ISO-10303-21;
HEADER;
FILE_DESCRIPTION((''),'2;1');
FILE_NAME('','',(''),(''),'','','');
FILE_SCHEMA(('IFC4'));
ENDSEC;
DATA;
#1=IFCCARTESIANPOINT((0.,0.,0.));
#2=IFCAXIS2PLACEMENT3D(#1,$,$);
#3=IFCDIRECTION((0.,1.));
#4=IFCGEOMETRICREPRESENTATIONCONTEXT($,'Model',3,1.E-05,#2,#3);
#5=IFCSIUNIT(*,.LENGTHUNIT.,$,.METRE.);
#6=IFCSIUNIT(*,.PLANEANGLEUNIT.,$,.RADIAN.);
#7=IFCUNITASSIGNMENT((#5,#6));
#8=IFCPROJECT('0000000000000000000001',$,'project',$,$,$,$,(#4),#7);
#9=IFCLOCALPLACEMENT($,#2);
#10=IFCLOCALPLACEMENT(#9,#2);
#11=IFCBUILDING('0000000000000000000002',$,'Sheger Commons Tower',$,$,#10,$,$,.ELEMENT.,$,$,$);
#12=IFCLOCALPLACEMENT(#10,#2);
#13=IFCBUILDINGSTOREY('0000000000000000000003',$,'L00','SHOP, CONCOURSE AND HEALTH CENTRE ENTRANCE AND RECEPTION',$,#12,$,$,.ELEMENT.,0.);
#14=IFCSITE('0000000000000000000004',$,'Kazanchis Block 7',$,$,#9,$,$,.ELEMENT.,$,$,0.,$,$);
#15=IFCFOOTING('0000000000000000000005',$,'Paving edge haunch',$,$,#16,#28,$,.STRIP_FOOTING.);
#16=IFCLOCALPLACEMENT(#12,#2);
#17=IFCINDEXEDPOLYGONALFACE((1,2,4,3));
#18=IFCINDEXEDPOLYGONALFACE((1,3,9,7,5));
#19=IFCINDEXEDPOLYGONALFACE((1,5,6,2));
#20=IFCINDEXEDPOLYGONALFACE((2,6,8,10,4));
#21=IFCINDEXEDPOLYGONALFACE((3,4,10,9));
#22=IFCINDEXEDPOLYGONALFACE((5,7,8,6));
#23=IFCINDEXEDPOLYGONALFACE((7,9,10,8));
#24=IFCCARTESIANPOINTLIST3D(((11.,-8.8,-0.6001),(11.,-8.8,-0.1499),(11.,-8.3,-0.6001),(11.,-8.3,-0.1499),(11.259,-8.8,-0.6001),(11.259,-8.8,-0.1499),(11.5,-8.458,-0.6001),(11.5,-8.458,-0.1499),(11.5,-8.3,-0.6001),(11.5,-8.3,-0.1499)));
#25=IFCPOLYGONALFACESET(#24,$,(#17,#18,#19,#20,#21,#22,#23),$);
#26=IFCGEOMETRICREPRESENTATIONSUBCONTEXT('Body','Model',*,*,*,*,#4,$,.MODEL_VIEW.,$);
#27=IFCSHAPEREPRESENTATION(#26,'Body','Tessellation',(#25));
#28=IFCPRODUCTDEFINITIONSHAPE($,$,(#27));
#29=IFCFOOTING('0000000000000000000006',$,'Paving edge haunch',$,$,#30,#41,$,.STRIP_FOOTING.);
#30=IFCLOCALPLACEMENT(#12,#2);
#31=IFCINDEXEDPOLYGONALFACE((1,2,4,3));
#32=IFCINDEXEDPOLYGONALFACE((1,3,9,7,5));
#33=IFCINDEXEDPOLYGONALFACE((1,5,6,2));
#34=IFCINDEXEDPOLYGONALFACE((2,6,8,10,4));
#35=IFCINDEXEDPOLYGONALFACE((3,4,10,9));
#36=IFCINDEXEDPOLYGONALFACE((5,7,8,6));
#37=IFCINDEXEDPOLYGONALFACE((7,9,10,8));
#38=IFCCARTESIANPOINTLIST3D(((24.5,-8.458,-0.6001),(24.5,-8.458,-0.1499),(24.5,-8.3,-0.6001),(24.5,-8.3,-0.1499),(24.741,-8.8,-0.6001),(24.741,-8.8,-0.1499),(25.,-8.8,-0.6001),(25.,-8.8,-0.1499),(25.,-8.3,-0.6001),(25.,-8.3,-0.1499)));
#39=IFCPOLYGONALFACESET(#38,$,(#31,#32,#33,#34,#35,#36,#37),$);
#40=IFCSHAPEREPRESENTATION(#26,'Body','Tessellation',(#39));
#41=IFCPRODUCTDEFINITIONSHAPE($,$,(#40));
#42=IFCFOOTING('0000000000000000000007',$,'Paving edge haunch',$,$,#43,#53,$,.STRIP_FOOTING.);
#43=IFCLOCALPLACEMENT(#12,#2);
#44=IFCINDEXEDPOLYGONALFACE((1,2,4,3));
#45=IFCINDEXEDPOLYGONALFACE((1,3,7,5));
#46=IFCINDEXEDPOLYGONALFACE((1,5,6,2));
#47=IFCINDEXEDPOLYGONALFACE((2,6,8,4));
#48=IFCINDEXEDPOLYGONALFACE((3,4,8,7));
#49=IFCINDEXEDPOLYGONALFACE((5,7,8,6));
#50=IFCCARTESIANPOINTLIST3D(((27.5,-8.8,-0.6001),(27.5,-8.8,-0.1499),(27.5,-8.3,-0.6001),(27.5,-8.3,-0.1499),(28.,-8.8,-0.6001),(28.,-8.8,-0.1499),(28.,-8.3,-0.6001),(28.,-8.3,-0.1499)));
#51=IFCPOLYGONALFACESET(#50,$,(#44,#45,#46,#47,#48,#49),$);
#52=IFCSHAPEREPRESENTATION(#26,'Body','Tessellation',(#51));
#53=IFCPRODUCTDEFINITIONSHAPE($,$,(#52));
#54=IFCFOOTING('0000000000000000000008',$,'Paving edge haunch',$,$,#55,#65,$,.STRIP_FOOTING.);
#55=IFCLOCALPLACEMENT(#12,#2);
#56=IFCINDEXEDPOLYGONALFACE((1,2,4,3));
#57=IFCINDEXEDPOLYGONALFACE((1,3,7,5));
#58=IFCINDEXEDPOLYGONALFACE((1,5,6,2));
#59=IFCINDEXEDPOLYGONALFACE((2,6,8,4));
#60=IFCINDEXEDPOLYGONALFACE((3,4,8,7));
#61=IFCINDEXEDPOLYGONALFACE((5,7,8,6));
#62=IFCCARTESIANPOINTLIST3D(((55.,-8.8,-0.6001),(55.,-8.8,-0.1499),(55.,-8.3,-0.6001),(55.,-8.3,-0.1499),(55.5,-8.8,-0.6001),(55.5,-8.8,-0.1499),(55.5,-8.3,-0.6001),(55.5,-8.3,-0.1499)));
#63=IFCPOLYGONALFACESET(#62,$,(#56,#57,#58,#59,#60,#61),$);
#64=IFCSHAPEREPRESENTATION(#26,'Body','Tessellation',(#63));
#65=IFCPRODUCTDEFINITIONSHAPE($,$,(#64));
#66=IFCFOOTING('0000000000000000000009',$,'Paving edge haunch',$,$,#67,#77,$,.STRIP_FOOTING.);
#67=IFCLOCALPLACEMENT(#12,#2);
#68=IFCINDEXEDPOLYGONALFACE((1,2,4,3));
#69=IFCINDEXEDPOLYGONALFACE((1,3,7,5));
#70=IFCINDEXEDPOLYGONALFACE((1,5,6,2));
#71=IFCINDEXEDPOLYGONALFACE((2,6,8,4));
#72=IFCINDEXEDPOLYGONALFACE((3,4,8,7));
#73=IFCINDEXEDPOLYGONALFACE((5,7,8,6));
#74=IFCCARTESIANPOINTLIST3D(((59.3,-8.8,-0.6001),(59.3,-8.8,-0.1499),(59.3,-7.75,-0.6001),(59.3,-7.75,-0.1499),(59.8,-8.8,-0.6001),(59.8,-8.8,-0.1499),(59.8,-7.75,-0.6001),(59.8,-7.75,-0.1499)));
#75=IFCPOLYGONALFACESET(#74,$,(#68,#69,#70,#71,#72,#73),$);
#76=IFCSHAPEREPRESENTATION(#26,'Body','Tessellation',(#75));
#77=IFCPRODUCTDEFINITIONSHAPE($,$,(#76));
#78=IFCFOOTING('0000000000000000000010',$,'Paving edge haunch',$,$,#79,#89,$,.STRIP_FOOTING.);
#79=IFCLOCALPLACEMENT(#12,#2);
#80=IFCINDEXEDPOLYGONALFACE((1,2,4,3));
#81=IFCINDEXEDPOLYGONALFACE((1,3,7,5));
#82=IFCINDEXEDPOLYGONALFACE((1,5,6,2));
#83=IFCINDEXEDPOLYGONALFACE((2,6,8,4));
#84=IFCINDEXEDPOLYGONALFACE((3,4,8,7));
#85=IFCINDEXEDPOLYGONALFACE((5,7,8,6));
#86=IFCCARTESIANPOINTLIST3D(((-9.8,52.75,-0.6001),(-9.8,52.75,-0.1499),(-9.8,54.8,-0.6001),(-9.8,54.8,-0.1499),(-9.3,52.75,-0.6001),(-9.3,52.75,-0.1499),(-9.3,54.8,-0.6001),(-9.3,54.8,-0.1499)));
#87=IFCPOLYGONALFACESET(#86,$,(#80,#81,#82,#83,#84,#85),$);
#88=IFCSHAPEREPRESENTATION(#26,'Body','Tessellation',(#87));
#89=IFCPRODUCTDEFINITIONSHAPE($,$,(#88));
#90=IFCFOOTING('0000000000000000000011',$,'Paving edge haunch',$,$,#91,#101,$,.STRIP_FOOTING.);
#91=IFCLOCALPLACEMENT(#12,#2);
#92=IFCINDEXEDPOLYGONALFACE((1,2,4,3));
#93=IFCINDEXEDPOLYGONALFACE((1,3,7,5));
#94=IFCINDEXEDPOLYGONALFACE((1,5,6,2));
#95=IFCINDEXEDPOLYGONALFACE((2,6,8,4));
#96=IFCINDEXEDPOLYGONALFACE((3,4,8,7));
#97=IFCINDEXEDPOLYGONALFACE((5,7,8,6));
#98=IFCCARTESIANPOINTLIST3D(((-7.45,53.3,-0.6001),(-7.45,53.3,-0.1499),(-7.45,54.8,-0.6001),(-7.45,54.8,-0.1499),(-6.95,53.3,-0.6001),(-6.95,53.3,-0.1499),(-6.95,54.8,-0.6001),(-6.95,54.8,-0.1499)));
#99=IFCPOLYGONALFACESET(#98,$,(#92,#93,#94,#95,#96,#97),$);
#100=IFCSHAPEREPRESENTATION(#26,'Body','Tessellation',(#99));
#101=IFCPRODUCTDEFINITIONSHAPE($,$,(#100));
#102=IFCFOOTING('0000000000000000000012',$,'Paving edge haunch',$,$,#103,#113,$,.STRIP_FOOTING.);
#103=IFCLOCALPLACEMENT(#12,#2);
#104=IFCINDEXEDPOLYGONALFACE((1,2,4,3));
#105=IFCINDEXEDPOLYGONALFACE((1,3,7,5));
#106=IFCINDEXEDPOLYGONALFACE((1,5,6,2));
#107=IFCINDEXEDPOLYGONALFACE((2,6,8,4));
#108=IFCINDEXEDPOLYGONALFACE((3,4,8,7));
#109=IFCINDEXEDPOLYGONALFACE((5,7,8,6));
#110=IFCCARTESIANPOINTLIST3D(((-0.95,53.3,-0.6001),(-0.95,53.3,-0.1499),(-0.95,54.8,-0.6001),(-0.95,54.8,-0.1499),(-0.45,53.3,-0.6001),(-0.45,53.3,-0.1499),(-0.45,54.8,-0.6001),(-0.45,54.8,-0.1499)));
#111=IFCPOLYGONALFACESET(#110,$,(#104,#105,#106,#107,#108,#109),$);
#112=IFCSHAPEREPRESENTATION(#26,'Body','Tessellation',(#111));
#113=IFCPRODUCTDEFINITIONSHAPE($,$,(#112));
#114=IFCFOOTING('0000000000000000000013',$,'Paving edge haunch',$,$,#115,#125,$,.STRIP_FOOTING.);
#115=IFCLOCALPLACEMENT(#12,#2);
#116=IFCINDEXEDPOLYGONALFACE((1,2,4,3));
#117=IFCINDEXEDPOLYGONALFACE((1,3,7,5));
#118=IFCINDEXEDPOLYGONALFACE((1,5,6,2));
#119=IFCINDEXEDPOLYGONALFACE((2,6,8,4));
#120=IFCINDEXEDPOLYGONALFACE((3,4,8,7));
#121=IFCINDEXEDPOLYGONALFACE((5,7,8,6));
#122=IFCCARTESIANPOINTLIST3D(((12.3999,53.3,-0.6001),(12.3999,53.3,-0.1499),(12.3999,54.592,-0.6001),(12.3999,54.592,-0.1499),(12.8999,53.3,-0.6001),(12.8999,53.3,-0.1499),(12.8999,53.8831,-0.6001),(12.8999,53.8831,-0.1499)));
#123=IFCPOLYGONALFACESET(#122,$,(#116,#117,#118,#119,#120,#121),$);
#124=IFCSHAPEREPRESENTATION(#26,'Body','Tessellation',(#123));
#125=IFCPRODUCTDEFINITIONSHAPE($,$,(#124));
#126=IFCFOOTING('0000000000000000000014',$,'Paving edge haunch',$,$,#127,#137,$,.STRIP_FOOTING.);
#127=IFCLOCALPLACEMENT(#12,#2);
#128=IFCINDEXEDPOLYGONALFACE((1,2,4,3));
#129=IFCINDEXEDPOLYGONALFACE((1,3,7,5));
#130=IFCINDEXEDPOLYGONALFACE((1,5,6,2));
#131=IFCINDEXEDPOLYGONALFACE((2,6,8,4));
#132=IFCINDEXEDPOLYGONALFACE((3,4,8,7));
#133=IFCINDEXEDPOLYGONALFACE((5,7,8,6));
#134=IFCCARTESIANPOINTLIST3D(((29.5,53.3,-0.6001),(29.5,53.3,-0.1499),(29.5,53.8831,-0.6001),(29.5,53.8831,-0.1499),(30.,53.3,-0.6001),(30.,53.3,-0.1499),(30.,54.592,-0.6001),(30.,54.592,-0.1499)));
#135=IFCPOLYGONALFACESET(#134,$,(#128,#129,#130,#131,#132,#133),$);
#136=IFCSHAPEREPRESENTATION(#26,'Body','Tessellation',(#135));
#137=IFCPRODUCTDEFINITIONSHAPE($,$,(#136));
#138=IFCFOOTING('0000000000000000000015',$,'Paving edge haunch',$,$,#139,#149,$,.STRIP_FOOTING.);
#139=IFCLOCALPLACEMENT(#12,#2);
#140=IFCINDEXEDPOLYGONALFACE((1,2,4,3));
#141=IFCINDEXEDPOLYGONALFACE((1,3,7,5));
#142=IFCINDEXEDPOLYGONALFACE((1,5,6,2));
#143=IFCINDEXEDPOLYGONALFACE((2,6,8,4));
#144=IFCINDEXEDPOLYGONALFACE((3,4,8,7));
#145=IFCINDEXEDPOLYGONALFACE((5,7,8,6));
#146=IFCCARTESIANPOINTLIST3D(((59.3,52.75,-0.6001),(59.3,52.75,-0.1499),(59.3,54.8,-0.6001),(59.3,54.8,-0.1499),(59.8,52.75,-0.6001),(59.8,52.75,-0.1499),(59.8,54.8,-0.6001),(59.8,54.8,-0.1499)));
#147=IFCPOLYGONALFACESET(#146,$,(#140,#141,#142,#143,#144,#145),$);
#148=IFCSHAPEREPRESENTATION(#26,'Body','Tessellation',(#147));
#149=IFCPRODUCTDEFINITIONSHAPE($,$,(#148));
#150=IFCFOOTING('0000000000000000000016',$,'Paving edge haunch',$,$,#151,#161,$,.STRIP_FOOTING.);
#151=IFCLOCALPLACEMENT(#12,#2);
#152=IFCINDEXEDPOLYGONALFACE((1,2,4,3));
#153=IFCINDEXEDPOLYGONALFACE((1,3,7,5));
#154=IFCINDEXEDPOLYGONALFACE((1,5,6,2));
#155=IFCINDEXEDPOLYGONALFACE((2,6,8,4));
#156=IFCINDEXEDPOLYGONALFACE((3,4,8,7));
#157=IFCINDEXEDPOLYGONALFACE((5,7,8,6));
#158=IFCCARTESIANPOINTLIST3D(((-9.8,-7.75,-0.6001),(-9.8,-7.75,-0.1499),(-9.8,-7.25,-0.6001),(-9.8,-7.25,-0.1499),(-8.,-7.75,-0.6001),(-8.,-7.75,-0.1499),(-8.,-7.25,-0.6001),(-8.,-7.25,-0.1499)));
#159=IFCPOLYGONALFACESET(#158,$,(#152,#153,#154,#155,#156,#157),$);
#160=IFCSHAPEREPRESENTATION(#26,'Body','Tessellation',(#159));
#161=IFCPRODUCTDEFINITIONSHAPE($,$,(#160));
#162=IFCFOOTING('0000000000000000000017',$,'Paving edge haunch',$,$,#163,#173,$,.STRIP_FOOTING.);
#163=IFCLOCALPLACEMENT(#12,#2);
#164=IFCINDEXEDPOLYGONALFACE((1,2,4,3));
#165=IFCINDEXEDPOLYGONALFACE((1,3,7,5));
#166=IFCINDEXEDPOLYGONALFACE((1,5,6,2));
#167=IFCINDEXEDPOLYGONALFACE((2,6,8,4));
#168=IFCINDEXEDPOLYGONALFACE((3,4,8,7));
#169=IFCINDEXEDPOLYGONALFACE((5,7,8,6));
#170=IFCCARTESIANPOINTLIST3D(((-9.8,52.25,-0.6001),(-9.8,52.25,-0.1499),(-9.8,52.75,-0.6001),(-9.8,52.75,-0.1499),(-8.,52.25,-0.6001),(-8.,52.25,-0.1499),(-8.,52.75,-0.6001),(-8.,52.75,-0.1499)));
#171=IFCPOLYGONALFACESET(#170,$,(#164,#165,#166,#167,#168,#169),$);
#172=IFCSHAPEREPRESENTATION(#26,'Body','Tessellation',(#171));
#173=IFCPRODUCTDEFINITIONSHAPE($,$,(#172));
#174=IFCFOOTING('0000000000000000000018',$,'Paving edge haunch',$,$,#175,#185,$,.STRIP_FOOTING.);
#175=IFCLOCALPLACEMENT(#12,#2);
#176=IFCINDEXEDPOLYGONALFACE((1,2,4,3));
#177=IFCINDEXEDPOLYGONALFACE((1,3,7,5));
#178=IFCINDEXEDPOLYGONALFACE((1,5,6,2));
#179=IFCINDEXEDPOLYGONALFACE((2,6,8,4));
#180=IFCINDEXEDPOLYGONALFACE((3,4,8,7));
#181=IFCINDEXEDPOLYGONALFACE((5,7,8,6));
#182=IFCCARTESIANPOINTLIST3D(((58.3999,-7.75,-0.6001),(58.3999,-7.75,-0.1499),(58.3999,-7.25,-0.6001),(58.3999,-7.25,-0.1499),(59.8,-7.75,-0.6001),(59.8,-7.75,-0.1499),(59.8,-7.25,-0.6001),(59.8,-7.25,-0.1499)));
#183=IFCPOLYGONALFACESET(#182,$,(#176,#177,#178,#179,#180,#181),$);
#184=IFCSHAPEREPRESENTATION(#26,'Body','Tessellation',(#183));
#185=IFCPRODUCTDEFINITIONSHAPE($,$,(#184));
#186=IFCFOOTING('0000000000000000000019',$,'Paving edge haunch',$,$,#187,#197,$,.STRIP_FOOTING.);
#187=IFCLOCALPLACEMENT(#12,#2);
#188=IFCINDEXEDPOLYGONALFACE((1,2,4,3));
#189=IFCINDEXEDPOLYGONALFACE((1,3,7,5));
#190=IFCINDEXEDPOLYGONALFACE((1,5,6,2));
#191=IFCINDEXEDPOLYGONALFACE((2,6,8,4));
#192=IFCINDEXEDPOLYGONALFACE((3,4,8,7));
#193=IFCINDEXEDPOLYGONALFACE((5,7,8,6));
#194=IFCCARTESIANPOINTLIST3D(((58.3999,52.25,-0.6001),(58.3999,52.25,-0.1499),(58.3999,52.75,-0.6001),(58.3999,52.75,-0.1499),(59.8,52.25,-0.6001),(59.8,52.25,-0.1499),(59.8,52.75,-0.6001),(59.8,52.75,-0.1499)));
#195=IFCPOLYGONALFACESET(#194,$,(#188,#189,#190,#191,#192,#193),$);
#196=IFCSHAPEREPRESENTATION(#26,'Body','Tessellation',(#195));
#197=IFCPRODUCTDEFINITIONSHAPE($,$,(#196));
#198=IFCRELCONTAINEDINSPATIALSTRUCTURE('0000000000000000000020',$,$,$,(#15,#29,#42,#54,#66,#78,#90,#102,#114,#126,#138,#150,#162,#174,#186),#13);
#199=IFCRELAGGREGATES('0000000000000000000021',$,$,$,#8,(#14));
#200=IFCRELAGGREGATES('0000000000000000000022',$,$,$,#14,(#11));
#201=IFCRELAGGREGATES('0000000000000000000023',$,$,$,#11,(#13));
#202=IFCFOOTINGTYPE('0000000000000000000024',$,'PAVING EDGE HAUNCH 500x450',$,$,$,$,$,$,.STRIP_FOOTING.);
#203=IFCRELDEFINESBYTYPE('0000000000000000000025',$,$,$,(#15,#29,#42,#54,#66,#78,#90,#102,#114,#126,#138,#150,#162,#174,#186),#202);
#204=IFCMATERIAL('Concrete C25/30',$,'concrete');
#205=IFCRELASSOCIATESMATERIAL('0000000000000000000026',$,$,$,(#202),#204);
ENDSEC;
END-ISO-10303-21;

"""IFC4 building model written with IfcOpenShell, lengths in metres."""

from ifc_helpers import new_model, si_unit, direction, frame, origin, place, context, subcontext, project, spatial, polyline, outline, extrude, material, type_object, element, save


model = new_model("IFC4")

# Units and contexts
model_context = context("Model", 3, precision=1e-05, world=origin(), true_north=direction((0.0, 1.0)))
body_context = subcontext(model_context, "Body", "Model", "MODEL_VIEW")
ifc_project = project(units=[si_unit("LENGTHUNIT", "METRE"), si_unit("PLANEANGLEUNIT", "RADIAN")], contexts=[model_context])

# Site, building, storey
site_placement = place(None, origin())
site = spatial("IfcSite", under=ifc_project, at=site_placement, Name="Kazanchis Block 7", CompositionType="ELEMENT", RefElevation=0.0)
building_placement = place(site_placement, origin())
building = spatial("IfcBuilding", under=site, at=building_placement, Name="Sheger Commons Tower", CompositionType="ELEMENT")
storey_placement = place(building_placement, origin())
storey = spatial("IfcBuildingStorey", under=building, at=storey_placement, Name="L00", Description="SHOP, CONCOURSE AND HEALTH CENTRE ENTRANCE AND RECEPTION", CompositionType="ELEMENT", Elevation=0.0)

# Footings
ifc_material_1 = material(Name="Concrete C25/30", Category="concrete")
footing_type = type_object("IfcFootingType", Name="PAVING EDGE HAUNCH 500x450", PredefinedType="STRIP_FOOTING", material=ifc_material_1)
footing_1_placement = place(storey_placement, frame((0.0, 0.0, -0.6001)))
element("IfcFooting", 1, at=footing_1_placement, inside=storey, type_object=footing_type, Name="Paving edge haunch", PredefinedType="STRIP_FOOTING", context=body_context, shape_type="SweptSolid", body=[
    extrude(outline(polyline([(11.0, -8.8), (11.259, -8.8), (11.5, -8.458), (11.5, -8.3), (11.0, -8.3), (11.0, -8.8)])), origin(), (0.0, 0.0, 1.0), 0.4502),
])
footing_2_placement = place(storey_placement, frame((0.0, 0.0, -0.6001)))
element("IfcFooting", 2, at=footing_2_placement, inside=storey, type_object=footing_type, Name="Paving edge haunch", PredefinedType="STRIP_FOOTING", context=body_context, shape_type="SweptSolid", body=[
    extrude(outline(polyline([(24.741, -8.8), (25.0, -8.8), (25.0, -8.3), (24.5, -8.3), (24.5, -8.458), (24.741, -8.8)])), origin(), (0.0, 0.0, 1.0), 0.4502),
])
footing_3_placement = place(storey_placement, frame((0.0, 0.0, -0.6001)))
element("IfcFooting", 3, at=footing_3_placement, inside=storey, type_object=footing_type, Name="Paving edge haunch", PredefinedType="STRIP_FOOTING", context=body_context, shape_type="SweptSolid", body=[
    extrude(outline(polyline([(27.5, -8.8), (28.0, -8.8), (28.0, -8.3), (27.5, -8.3), (27.5, -8.8)])), origin(), (0.0, 0.0, 1.0), 0.4502),
])
footing_4_placement = place(storey_placement, frame((0.0, 0.0, -0.6001)))
element("IfcFooting", 4, at=footing_4_placement, inside=storey, type_object=footing_type, Name="Paving edge haunch", PredefinedType="STRIP_FOOTING", context=body_context, shape_type="SweptSolid", body=[
    extrude(outline(polyline([(55.0, -8.8), (55.5, -8.8), (55.5, -8.3), (55.0, -8.3), (55.0, -8.8)])), origin(), (0.0, 0.0, 1.0), 0.4502),
])
footing_5_placement = place(storey_placement, frame((0.0, 0.0, -0.6001)))
element("IfcFooting", 5, at=footing_5_placement, inside=storey, type_object=footing_type, Name="Paving edge haunch", PredefinedType="STRIP_FOOTING", context=body_context, shape_type="SweptSolid", body=[
    extrude(outline(polyline([(59.3, -8.8), (59.8, -8.8), (59.8, -7.75), (59.3, -7.75), (59.3, -8.8)])), origin(), (0.0, 0.0, 1.0), 0.4502),
])
footing_6_placement = place(storey_placement, frame((0.0, 0.0, -0.6001)))
element("IfcFooting", 6, at=footing_6_placement, inside=storey, type_object=footing_type, Name="Paving edge haunch", PredefinedType="STRIP_FOOTING", context=body_context, shape_type="SweptSolid", body=[
    extrude(outline(polyline([(-9.8, 52.75), (-9.3, 52.75), (-9.3, 54.8), (-9.8, 54.8), (-9.8, 52.75)])), origin(), (0.0, 0.0, 1.0), 0.4502),
])
footing_7_placement = place(storey_placement, frame((0.0, 0.0, -0.6001)))
element("IfcFooting", 7, at=footing_7_placement, inside=storey, type_object=footing_type, Name="Paving edge haunch", PredefinedType="STRIP_FOOTING", context=body_context, shape_type="SweptSolid", body=[
    extrude(outline(polyline([(-7.45, 53.3), (-6.95, 53.3), (-6.95, 54.8), (-7.45, 54.8), (-7.45, 53.3)])), origin(), (0.0, 0.0, 1.0), 0.4502),
])
footing_8_placement = place(storey_placement, frame((0.0, 0.0, -0.6001)))
element("IfcFooting", 8, at=footing_8_placement, inside=storey, type_object=footing_type, Name="Paving edge haunch", PredefinedType="STRIP_FOOTING", context=body_context, shape_type="SweptSolid", body=[
    extrude(outline(polyline([(-0.95, 53.3), (-0.45, 53.3), (-0.45, 54.8), (-0.95, 54.8), (-0.95, 53.3)])), origin(), (0.0, 0.0, 1.0), 0.4502),
])
footing_9_placement = place(storey_placement, frame((0.0, 0.0, -0.6001)))
element("IfcFooting", 9, at=footing_9_placement, inside=storey, type_object=footing_type, Name="Paving edge haunch", PredefinedType="STRIP_FOOTING", context=body_context, shape_type="SweptSolid", body=[
    extrude(outline(polyline([(12.3999, 53.3), (12.8999, 53.3), (12.8999, 53.8831), (12.3999, 54.592), (12.3999, 53.3)])), origin(), (0.0, 0.0, 1.0), 0.4502),
])
footing_10_placement = place(storey_placement, frame((0.0, 0.0, -0.6001)))
element("IfcFooting", 10, at=footing_10_placement, inside=storey, type_object=footing_type, Name="Paving edge haunch", PredefinedType="STRIP_FOOTING", context=body_context, shape_type="SweptSolid", body=[
    extrude(outline(polyline([(29.5, 53.3), (30.0, 53.3), (30.0, 54.592), (29.5, 53.8831), (29.5, 53.3)])), origin(), (0.0, 0.0, 1.0), 0.4502),
])
footing_11_placement = place(storey_placement, frame((0.0, 0.0, -0.6001)))
element("IfcFooting", 11, at=footing_11_placement, inside=storey, type_object=footing_type, Name="Paving edge haunch", PredefinedType="STRIP_FOOTING", context=body_context, shape_type="SweptSolid", body=[
    extrude(outline(polyline([(59.3, 52.75), (59.8, 52.75), (59.8, 54.8), (59.3, 54.8), (59.3, 52.75)])), origin(), (0.0, 0.0, 1.0), 0.4502),
])
footing_12_placement = place(storey_placement, frame((0.0, 0.0, -0.6001)))
element("IfcFooting", 12, at=footing_12_placement, inside=storey, type_object=footing_type, Name="Paving edge haunch", PredefinedType="STRIP_FOOTING", context=body_context, shape_type="SweptSolid", body=[
    extrude(outline(polyline([(-9.8, -7.75), (-8.0, -7.75), (-8.0, -7.25), (-9.8, -7.25), (-9.8, -7.75)])), origin(), (0.0, 0.0, 1.0), 0.4502),
])
footing_13_placement = place(storey_placement, frame((0.0, 0.0, -0.6001)))
element("IfcFooting", 13, at=footing_13_placement, inside=storey, type_object=footing_type, Name="Paving edge haunch", PredefinedType="STRIP_FOOTING", context=body_context, shape_type="SweptSolid", body=[
    extrude(outline(polyline([(-9.8, 52.25), (-8.0, 52.25), (-8.0, 52.75), (-9.8, 52.75), (-9.8, 52.25)])), origin(), (0.0, 0.0, 1.0), 0.4502),
])
footing_14_placement = place(storey_placement, frame((0.0, 0.0, -0.6001)))
element("IfcFooting", 14, at=footing_14_placement, inside=storey, type_object=footing_type, Name="Paving edge haunch", PredefinedType="STRIP_FOOTING", context=body_context, shape_type="SweptSolid", body=[
    extrude(outline(polyline([(58.3999, -7.75), (59.8, -7.75), (59.8, -7.25), (58.3999, -7.25), (58.3999, -7.75)])), origin(), (0.0, 0.0, 1.0), 0.4502),
])
footing_15_placement = place(storey_placement, frame((0.0, 0.0, -0.6001)))
element("IfcFooting", 15, at=footing_15_placement, inside=storey, type_object=footing_type, Name="Paving edge haunch", PredefinedType="STRIP_FOOTING", context=body_context, shape_type="SweptSolid", body=[
    extrude(outline(polyline([(58.3999, 52.25), (59.8, 52.25), (59.8, 52.75), (58.3999, 52.75), (58.3999, 52.25)])), origin(), (0.0, 0.0, 1.0), 0.4502),
])

save(model, "model.ifc")
